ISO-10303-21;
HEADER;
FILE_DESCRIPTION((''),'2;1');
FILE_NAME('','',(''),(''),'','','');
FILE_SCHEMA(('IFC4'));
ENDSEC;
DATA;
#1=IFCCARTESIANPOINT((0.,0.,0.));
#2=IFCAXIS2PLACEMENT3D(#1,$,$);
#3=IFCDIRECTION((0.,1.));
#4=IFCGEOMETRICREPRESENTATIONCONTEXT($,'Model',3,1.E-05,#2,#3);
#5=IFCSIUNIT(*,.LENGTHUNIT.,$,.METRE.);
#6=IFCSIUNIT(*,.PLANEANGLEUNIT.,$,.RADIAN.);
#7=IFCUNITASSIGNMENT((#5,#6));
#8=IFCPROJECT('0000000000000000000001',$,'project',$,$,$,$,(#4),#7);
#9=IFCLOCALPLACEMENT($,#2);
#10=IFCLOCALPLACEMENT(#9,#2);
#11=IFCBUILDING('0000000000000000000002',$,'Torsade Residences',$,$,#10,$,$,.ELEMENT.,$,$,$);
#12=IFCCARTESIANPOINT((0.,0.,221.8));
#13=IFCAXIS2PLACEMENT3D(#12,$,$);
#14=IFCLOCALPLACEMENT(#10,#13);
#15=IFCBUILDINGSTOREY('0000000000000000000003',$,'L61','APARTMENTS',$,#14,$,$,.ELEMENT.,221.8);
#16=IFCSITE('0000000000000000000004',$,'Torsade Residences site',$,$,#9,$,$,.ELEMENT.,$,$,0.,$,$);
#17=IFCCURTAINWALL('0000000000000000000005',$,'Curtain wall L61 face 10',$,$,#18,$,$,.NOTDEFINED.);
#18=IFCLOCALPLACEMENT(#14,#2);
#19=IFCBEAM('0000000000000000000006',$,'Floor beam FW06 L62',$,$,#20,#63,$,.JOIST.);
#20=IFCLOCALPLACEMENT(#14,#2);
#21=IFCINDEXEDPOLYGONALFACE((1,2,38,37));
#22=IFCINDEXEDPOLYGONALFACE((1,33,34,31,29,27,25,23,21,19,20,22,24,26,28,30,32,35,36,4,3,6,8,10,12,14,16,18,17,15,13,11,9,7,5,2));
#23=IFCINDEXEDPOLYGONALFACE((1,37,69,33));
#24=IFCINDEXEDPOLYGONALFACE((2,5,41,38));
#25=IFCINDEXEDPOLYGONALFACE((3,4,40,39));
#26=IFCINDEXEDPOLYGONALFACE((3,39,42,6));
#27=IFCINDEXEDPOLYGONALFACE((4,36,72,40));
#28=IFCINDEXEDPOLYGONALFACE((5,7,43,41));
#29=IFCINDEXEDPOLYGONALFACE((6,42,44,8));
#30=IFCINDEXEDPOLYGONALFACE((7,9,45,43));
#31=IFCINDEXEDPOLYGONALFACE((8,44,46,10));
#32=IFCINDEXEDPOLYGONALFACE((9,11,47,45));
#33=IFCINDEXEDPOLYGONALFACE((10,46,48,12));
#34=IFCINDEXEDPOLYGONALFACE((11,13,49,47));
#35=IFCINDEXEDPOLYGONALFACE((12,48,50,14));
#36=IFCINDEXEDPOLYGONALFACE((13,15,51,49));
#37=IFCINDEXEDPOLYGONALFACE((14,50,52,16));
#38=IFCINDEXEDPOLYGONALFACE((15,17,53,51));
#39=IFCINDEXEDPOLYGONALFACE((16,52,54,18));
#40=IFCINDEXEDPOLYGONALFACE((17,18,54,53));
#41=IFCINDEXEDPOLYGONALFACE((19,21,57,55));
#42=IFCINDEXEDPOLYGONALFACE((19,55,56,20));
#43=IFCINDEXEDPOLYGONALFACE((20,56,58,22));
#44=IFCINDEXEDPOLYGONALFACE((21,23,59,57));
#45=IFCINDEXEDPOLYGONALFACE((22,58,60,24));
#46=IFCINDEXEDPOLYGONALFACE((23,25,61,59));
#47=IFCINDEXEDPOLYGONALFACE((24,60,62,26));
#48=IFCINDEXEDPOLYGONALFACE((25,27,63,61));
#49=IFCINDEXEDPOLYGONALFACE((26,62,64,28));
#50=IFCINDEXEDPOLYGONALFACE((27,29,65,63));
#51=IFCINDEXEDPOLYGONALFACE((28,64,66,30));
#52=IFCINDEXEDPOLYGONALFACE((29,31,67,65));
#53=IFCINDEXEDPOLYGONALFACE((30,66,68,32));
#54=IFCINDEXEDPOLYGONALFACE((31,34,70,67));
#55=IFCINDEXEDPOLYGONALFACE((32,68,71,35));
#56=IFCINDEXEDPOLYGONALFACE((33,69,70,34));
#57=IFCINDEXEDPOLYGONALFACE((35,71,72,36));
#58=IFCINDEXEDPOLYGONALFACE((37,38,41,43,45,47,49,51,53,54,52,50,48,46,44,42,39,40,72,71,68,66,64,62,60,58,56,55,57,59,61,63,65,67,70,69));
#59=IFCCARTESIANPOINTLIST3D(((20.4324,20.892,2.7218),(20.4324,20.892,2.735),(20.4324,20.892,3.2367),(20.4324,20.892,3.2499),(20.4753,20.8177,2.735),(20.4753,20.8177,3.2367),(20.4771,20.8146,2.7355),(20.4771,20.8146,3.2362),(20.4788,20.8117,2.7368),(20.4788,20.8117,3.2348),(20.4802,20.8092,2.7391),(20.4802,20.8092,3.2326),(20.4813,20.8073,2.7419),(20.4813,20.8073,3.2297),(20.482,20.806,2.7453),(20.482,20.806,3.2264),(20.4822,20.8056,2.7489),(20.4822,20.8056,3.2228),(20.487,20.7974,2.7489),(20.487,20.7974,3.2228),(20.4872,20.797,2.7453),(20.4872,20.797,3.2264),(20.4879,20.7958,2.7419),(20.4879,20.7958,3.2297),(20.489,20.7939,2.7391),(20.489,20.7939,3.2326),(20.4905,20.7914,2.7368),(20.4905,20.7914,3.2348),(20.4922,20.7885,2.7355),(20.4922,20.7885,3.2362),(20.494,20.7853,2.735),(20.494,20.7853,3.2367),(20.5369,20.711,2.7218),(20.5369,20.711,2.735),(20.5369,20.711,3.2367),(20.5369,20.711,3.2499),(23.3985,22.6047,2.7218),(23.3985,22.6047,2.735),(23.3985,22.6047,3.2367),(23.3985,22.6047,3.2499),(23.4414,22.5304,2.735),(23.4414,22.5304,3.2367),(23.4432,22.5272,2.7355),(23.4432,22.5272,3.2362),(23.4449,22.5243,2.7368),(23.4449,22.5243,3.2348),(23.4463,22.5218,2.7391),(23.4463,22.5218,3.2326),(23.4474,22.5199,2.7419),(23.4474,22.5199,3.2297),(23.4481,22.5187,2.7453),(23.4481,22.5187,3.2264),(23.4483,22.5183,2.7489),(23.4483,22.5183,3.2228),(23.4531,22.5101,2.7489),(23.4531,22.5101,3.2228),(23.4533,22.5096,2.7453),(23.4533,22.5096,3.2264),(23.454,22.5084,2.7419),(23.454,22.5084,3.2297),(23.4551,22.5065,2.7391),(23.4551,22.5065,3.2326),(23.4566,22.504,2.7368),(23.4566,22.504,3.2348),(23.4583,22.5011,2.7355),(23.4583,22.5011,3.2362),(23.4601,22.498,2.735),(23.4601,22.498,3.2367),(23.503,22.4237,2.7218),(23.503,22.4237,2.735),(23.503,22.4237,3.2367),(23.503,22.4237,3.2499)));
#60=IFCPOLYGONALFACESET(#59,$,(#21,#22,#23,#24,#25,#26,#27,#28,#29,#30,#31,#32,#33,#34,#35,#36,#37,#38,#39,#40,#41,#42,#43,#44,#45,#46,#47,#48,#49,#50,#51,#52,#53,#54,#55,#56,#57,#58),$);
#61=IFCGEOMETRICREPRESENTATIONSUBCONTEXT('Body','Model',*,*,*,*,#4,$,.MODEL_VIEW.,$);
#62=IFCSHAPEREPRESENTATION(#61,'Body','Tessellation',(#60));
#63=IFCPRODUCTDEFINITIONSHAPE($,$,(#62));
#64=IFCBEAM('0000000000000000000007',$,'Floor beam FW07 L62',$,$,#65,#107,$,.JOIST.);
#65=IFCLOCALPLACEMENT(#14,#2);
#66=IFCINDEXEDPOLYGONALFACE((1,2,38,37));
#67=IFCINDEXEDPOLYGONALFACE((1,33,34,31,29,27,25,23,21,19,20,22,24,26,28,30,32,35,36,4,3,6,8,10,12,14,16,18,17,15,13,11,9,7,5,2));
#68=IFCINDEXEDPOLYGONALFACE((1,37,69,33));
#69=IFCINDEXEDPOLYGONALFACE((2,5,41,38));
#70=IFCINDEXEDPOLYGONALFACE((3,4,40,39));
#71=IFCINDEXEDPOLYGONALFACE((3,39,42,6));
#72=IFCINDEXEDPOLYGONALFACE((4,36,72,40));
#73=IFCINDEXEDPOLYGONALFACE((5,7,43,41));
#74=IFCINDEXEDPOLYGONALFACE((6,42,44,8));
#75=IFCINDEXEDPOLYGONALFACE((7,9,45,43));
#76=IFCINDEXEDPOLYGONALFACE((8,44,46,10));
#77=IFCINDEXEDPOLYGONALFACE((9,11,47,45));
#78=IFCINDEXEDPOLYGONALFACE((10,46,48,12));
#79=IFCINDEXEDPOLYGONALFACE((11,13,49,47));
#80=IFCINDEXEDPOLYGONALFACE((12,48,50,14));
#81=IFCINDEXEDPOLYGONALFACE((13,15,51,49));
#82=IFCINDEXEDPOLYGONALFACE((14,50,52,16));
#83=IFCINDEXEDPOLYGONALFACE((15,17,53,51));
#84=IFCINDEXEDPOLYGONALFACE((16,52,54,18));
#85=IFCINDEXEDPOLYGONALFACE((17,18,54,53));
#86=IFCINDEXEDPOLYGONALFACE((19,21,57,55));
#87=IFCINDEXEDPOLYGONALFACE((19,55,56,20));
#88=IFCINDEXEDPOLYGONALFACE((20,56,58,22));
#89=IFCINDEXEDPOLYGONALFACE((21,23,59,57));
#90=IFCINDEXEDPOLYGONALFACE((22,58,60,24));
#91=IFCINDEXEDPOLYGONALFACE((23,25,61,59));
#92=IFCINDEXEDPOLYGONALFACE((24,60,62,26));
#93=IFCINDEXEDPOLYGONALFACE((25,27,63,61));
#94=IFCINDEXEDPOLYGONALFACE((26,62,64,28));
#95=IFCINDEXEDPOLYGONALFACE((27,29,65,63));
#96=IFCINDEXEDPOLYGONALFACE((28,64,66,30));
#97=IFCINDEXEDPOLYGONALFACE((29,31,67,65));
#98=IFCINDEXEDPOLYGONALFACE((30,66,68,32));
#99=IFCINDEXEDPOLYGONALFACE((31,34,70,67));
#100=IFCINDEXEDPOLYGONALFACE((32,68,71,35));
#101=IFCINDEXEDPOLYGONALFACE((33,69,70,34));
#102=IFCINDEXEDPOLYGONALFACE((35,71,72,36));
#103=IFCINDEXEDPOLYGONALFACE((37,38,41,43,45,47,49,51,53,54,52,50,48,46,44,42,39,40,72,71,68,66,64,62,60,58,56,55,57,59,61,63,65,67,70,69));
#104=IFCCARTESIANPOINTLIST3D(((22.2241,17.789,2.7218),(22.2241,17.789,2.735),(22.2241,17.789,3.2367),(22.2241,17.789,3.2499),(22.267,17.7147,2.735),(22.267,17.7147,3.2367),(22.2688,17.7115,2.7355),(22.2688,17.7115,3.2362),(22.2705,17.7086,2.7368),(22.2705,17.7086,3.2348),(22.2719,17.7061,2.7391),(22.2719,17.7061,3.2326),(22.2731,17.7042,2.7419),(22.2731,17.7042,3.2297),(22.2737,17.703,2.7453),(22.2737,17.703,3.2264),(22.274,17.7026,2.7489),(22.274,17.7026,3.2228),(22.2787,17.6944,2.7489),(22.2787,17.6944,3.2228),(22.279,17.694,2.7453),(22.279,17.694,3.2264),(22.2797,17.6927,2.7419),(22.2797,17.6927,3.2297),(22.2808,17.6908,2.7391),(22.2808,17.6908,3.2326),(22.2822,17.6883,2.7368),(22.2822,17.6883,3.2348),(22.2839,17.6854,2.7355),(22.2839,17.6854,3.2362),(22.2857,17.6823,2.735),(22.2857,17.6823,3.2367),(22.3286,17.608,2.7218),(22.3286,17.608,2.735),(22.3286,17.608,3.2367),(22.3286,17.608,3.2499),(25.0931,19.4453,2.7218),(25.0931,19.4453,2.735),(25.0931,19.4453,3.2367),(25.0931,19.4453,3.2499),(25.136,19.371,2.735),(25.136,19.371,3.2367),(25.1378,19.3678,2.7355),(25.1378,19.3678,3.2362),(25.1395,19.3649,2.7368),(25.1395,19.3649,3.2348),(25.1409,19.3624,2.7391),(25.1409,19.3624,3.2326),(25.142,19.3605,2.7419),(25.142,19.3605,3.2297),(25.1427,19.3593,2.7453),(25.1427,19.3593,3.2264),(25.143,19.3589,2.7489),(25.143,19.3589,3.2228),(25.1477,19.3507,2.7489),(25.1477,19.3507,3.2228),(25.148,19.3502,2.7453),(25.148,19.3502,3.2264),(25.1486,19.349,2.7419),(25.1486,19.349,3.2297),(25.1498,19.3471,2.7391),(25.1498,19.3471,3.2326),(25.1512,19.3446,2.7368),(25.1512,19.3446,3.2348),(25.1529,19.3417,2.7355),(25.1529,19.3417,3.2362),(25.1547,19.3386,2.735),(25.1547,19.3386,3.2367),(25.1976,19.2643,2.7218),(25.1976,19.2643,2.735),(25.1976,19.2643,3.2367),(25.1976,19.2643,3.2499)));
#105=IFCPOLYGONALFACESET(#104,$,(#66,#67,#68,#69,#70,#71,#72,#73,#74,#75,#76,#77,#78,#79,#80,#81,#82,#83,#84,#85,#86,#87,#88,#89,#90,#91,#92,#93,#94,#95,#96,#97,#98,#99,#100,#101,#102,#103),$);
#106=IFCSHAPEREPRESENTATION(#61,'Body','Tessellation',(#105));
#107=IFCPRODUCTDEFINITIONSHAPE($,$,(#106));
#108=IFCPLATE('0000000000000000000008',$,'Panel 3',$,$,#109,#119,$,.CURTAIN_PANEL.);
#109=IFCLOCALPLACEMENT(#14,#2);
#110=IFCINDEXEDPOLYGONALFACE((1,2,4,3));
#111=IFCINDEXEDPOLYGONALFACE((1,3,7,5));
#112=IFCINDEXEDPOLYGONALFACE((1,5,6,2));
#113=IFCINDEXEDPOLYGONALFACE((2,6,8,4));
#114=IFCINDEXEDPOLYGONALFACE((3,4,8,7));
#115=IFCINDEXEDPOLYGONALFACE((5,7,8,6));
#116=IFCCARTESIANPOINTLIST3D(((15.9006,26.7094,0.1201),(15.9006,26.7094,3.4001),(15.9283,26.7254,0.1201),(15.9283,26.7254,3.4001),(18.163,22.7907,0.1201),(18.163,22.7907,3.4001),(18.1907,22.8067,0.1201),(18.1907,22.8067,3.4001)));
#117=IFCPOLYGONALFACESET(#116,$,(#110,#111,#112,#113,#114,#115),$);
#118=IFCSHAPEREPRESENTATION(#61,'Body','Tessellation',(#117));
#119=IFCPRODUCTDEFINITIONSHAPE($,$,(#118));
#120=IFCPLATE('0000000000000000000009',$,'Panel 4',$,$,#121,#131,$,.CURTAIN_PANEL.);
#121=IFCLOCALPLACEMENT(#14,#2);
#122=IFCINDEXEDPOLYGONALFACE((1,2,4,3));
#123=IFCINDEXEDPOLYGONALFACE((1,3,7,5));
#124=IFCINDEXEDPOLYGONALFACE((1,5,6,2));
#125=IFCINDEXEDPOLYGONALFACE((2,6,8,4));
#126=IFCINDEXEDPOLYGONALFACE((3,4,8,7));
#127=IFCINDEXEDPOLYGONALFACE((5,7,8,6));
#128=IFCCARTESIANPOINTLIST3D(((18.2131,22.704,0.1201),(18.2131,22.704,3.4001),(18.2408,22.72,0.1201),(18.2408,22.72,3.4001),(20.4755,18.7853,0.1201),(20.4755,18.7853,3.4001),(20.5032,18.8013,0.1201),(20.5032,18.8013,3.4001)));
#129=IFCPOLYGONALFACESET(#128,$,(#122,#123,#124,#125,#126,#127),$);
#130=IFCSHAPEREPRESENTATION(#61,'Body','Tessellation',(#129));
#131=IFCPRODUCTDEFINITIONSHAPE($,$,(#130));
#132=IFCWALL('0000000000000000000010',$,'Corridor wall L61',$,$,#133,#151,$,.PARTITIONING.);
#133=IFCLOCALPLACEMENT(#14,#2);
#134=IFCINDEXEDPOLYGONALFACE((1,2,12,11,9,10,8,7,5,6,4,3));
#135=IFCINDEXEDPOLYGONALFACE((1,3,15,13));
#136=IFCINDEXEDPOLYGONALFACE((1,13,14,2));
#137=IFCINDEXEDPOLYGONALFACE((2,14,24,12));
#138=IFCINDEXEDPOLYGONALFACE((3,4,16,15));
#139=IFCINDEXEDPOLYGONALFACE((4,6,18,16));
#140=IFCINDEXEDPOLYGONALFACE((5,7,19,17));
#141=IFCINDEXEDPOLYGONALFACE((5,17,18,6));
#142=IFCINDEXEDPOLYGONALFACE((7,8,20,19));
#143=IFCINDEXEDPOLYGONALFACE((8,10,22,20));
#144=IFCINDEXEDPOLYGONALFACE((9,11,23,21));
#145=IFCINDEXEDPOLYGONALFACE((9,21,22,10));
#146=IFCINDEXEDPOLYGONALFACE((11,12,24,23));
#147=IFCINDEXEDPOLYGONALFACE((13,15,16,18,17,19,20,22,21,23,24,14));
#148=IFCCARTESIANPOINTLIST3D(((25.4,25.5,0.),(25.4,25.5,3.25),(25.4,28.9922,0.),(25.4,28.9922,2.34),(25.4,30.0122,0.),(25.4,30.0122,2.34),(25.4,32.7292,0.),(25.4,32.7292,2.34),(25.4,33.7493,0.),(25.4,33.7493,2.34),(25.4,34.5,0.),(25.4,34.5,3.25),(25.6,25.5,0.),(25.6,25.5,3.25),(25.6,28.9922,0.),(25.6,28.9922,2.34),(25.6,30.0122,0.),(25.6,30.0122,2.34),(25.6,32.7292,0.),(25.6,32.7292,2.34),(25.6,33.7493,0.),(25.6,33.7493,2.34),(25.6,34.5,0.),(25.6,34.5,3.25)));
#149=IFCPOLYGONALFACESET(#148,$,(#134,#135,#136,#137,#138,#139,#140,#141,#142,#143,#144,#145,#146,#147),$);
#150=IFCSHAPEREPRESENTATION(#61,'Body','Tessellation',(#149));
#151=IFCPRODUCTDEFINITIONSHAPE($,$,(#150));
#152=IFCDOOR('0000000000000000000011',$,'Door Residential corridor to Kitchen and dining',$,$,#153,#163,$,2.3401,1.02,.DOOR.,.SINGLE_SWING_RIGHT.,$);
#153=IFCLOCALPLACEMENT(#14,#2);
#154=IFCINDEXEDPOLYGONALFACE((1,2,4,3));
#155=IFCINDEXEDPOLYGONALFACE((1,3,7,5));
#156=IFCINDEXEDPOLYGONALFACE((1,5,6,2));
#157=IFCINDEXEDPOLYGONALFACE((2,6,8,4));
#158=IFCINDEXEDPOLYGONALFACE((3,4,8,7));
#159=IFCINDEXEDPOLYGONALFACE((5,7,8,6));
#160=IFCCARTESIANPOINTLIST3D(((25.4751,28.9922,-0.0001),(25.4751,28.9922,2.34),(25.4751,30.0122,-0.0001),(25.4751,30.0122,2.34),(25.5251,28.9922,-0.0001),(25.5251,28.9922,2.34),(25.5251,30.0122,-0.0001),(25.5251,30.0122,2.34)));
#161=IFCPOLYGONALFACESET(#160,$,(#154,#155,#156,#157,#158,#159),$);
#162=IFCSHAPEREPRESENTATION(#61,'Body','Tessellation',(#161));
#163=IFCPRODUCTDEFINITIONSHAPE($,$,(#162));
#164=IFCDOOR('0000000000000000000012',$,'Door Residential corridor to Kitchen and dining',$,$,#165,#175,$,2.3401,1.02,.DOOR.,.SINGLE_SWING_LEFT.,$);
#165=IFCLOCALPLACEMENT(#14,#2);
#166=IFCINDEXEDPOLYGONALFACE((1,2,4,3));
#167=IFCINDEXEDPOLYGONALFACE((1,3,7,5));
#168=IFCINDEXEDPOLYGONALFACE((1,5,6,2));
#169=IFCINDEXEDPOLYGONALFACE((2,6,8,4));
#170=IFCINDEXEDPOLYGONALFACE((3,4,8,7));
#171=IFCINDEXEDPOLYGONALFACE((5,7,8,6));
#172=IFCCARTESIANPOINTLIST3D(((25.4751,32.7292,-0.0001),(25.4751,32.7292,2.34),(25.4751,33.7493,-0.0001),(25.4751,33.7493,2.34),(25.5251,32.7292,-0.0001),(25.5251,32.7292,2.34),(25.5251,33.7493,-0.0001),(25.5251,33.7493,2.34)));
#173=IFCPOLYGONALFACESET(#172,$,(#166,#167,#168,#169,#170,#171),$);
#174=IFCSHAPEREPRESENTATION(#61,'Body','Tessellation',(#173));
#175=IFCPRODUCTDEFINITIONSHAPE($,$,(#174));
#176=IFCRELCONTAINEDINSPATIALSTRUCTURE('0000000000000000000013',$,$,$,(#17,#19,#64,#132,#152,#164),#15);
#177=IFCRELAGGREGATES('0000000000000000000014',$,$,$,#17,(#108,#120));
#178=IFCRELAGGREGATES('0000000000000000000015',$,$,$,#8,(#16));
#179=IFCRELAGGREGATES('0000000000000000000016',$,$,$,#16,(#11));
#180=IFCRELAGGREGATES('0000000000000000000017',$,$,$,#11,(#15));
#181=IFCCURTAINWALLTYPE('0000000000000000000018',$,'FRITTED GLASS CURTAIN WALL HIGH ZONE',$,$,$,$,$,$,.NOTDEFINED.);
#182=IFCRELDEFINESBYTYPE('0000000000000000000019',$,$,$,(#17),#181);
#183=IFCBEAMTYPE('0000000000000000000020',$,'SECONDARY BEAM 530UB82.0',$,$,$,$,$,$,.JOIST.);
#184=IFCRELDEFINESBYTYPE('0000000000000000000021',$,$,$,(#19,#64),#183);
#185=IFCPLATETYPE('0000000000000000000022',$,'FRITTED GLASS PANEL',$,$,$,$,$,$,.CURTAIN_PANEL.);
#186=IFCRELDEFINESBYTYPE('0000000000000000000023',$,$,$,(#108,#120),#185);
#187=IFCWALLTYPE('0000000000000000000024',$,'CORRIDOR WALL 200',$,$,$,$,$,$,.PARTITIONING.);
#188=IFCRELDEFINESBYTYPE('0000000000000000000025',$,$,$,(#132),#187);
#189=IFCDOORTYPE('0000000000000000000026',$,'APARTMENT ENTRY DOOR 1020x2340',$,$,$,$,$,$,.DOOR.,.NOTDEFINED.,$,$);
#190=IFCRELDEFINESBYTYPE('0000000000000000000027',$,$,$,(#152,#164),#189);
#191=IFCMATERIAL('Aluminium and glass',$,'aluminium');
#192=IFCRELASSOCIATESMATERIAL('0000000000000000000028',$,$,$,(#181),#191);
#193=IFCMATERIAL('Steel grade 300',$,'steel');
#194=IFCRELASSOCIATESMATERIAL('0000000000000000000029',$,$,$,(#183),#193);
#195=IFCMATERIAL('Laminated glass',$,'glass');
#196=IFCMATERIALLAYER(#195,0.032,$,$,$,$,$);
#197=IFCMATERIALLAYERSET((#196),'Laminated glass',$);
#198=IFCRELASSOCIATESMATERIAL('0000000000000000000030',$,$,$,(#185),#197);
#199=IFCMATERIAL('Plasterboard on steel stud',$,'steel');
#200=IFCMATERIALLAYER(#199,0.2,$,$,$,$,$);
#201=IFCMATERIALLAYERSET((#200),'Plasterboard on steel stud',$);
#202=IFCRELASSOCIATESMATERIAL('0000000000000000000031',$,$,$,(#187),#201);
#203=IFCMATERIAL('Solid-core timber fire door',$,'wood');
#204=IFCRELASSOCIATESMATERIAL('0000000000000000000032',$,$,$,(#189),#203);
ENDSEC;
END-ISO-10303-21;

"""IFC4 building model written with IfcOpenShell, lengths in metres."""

from ifc_helpers import new_model, si_unit, direction, frame, frame_2d, origin, origin_2d, place, context, subcontext, project, spatial, rectangle, i_section, extrude, material, layer, layer_set, material_profile, profile_set, type_object, element, fill, aggregate, save


model = new_model("IFC4")

# Units and contexts
model_context = context("Model", 3, precision=1e-05, world=origin(), true_north=direction((0.0, 1.0)))
body_context = subcontext(model_context, "Body", "Model", "MODEL_VIEW")
ifc_project = project(units=[si_unit("LENGTHUNIT", "METRE"), si_unit("PLANEANGLEUNIT", "RADIAN")], contexts=[model_context])

# Site, building, storey
site_placement = place(None, origin())
site = spatial("IfcSite", under=ifc_project, at=site_placement, Name="Torsade Residences site", CompositionType="ELEMENT", RefElevation=0.0)
building_placement = place(site_placement, origin())
building = spatial("IfcBuilding", under=site, at=building_placement, Name="Torsade Residences", CompositionType="ELEMENT")
storey_placement = place(building_placement, frame((0.0, 0.0, 221.8)))
storey = spatial("IfcBuildingStorey", under=building, at=storey_placement, Name="L61", Description="APARTMENTS", CompositionType="ELEMENT", Elevation=221.8)

# Curtain wall
ifc_material_1 = material(Name="Aluminium and glass", Category="aluminium")
curtain_wall_type = type_object("IfcCurtainWallType", Name="FRITTED GLASS CURTAIN WALL HIGH ZONE", PredefinedType="NOTDEFINED", material=ifc_material_1)
curtain_wall_placement = place(storey_placement, origin())
curtain_wall = element("IfcCurtainWall", 1, at=curtain_wall_placement, inside=storey, type_object=curtain_wall_type, Name="Curtain wall L61 face 10", PredefinedType="NOTDEFINED")

# Beams
ifc_material_2 = material(Name="Steel grade 300", Category="steel")
ifc_material_profile_1 = material_profile(ifc_material_2, i_section(OverallWidth=0.209, OverallDepth=0.5281, WebThickness=0.0095, FlangeThickness=0.0132, FilletRadius=0.0139, at=origin_2d()), Name="530UB82.0")
ifc_profile_set_1 = profile_set([ifc_material_profile_1], Name="Steel grade 300")
beam_type_1 = type_object("IfcBeamType", Name="SECONDARY BEAM 530UB82.0", PredefinedType="JOIST", material=ifc_profile_set_1)
beam_1_placement = place(storey_placement, frame((20.4846, 20.8015, 2.9858), z_axis=(0.866002, 0.500041, 0.0), x_axis=(-0.500041, 0.866002, 0.0)))
element("IfcBeam", 2, at=beam_1_placement, inside=storey, type_object=beam_type_1, Name="Floor beam FW06 L62", PredefinedType="JOIST", context=body_context, shape_type="SweptSolid", body=[
    extrude(i_section(OverallWidth=0.209, OverallDepth=0.5281, WebThickness=0.0095, FlangeThickness=0.0132, FilletRadius=0.0139, at=origin_2d()), origin(), (0.0, 0.0, 1.0), 3.425),
])
beam_2_placement = place(storey_placement, frame((22.2764, 17.6985, 2.9858), z_axis=(0.86604, 0.499976, 0.0), x_axis=(-0.499976, 0.86604, 0.0)))
element("IfcBeam", 3, at=beam_2_placement, inside=storey, type_object=beam_type_1, Name="Floor beam FW07 L62", PredefinedType="JOIST", context=body_context, shape_type="SweptSolid", body=[
    extrude(i_section(OverallWidth=0.209, OverallDepth=0.5281, WebThickness=0.0095, FlangeThickness=0.0132, FilletRadius=0.0139, at=origin_2d()), origin(), (0.0, 0.0, 1.0), 3.3127),
])

# Plates
ifc_material_3 = material(Name="Laminated glass", Category="glass")
ifc_layer_1 = layer(ifc_material_3, 0.032)
ifc_layer_set_1 = layer_set([ifc_layer_1], Name="Laminated glass")
plate_type = type_object("IfcPlateType", Name="FRITTED GLASS PANEL", PredefinedType="CURTAIN_PANEL", material=ifc_layer_set_1)
plate_1_placement = place(storey_placement, frame((17.0457, 24.7581, 0.1201), z_axis=(0.0, 0.0, 1.0), x_axis=(0.5, -0.866025, 0.0)))
plate_1 = element("IfcPlate", 4, at=plate_1_placement, type_object=plate_type, Name="Panel 3", PredefinedType="CURTAIN_PANEL", context=body_context, shape_type="SweptSolid", body=[
    extrude(rectangle(XDim=4.5249, YDim=0.032, at=origin_2d()), origin(), (0.0, 0.0, 1.0), 3.28),
])
plate_2_placement = place(storey_placement, frame((19.3582, 20.7527, 0.1201), z_axis=(0.0, 0.0, 1.0), x_axis=(0.5, -0.866025, 0.0)))
plate_2 = element("IfcPlate", 5, at=plate_2_placement, type_object=plate_type, Name="Panel 4", PredefinedType="CURTAIN_PANEL", context=body_context, shape_type="SweptSolid", body=[
    extrude(rectangle(XDim=4.5249, YDim=0.032, at=origin_2d()), origin(), (0.0, 0.0, 1.0), 3.28),
])
aggregate(curtain_wall, [plate_1, plate_2])

# Wall, openings, doors
ifc_material_4 = material(Name="Plasterboard on steel stud", Category="steel")
ifc_layer_2 = layer(ifc_material_4, 0.2)
ifc_layer_set_2 = layer_set([ifc_layer_2], Name="Plasterboard on steel stud")
wall_type_1 = type_object("IfcWallType", Name="CORRIDOR WALL 200", PredefinedType="PARTITIONING", material=ifc_layer_set_2)
wall_1_placement = place(storey_placement, frame((25.5, 25.5, 0.0), z_axis=(0.0, 0.0, 1.0), x_axis=(0.0, 1.0, 0.0)))
wall_1 = element("IfcWall", 6, at=wall_1_placement, inside=storey, type_object=wall_type_1, Name="Corridor wall L61", PredefinedType="PARTITIONING", context=body_context, shape_type="SweptSolid", body=[
    extrude(rectangle(XDim=9.0, YDim=0.2, at=frame_2d((4.5, 0.0))), origin(), (0.0, 0.0, 1.0), 3.25),
])
opening_1_placement = place(wall_1_placement, frame((3.4922, 0.0, 0.0)))
opening_1 = element("IfcOpeningElement", 7, at=opening_1_placement, cuts=wall_1, PredefinedType="OPENING", context=body_context, shape_type="SweptSolid", body=[
    extrude(rectangle(XDim=1.02, YDim=2.3401, at=frame_2d((0.51, 1.1699))), frame((0.0, 0.1099, 0.0), z_axis=(0.0, -1.0, 0.0), x_axis=(1.0, 0.0, 0.0)), (0.0, 0.0, 1.0), 0.22),
])
opening_2_placement = place(wall_1_placement, frame((7.2292, 0.0, 0.0)))
opening_2 = element("IfcOpeningElement", 8, at=opening_2_placement, cuts=wall_1, PredefinedType="OPENING", context=body_context, shape_type="SweptSolid", body=[
    extrude(rectangle(XDim=1.02, YDim=2.3401, at=frame_2d((0.51, 1.1699))), frame((0.0, 0.1099, 0.0), z_axis=(0.0, -1.0, 0.0), x_axis=(1.0, 0.0, 0.0)), (0.0, 0.0, 1.0), 0.22),
])
ifc_material_5 = material(Name="Solid-core timber fire door", Category="wood")
door_type_1 = type_object("IfcDoorType", Name="APARTMENT ENTRY DOOR 1020x2340", OperationType="NOTDEFINED", PredefinedType="DOOR", material=ifc_material_5)
door_1_placement = place(opening_1_placement, origin())
door_1 = element("IfcDoor", 9, at=door_1_placement, inside=storey, type_object=door_type_1, Name="Door Residential corridor to Kitchen and dining", OperationType="SINGLE_SWING_RIGHT", OverallHeight=2.3401, OverallWidth=1.02, PredefinedType="DOOR", context=body_context, shape_type="SweptSolid", body=[
    extrude(rectangle(XDim=1.02, YDim=2.3401, at=frame_2d((0.51, 1.1699))), frame((0.0, 0.0249, 0.0), z_axis=(0.0, -1.0, 0.0), x_axis=(1.0, 0.0, 0.0)), (0.0, 0.0, 1.0), 0.05),
])
fill(opening_1, door_1)
door_2_placement = place(opening_2_placement, origin())
door_2 = element("IfcDoor", 10, at=door_2_placement, inside=storey, type_object=door_type_1, Name="Door Residential corridor to Kitchen and dining", OperationType="SINGLE_SWING_LEFT", OverallHeight=2.3401, OverallWidth=1.02, PredefinedType="DOOR", context=body_context, shape_type="SweptSolid", body=[
    extrude(rectangle(XDim=1.02, YDim=2.3401, at=frame_2d((0.51, 1.1699))), frame((0.0, 0.0249, 0.0), z_axis=(0.0, -1.0, 0.0), x_axis=(1.0, 0.0, 0.0)), (0.0, 0.0, 1.0), 0.05),
])
fill(opening_2, door_2)

save(model, "model.ifc")
